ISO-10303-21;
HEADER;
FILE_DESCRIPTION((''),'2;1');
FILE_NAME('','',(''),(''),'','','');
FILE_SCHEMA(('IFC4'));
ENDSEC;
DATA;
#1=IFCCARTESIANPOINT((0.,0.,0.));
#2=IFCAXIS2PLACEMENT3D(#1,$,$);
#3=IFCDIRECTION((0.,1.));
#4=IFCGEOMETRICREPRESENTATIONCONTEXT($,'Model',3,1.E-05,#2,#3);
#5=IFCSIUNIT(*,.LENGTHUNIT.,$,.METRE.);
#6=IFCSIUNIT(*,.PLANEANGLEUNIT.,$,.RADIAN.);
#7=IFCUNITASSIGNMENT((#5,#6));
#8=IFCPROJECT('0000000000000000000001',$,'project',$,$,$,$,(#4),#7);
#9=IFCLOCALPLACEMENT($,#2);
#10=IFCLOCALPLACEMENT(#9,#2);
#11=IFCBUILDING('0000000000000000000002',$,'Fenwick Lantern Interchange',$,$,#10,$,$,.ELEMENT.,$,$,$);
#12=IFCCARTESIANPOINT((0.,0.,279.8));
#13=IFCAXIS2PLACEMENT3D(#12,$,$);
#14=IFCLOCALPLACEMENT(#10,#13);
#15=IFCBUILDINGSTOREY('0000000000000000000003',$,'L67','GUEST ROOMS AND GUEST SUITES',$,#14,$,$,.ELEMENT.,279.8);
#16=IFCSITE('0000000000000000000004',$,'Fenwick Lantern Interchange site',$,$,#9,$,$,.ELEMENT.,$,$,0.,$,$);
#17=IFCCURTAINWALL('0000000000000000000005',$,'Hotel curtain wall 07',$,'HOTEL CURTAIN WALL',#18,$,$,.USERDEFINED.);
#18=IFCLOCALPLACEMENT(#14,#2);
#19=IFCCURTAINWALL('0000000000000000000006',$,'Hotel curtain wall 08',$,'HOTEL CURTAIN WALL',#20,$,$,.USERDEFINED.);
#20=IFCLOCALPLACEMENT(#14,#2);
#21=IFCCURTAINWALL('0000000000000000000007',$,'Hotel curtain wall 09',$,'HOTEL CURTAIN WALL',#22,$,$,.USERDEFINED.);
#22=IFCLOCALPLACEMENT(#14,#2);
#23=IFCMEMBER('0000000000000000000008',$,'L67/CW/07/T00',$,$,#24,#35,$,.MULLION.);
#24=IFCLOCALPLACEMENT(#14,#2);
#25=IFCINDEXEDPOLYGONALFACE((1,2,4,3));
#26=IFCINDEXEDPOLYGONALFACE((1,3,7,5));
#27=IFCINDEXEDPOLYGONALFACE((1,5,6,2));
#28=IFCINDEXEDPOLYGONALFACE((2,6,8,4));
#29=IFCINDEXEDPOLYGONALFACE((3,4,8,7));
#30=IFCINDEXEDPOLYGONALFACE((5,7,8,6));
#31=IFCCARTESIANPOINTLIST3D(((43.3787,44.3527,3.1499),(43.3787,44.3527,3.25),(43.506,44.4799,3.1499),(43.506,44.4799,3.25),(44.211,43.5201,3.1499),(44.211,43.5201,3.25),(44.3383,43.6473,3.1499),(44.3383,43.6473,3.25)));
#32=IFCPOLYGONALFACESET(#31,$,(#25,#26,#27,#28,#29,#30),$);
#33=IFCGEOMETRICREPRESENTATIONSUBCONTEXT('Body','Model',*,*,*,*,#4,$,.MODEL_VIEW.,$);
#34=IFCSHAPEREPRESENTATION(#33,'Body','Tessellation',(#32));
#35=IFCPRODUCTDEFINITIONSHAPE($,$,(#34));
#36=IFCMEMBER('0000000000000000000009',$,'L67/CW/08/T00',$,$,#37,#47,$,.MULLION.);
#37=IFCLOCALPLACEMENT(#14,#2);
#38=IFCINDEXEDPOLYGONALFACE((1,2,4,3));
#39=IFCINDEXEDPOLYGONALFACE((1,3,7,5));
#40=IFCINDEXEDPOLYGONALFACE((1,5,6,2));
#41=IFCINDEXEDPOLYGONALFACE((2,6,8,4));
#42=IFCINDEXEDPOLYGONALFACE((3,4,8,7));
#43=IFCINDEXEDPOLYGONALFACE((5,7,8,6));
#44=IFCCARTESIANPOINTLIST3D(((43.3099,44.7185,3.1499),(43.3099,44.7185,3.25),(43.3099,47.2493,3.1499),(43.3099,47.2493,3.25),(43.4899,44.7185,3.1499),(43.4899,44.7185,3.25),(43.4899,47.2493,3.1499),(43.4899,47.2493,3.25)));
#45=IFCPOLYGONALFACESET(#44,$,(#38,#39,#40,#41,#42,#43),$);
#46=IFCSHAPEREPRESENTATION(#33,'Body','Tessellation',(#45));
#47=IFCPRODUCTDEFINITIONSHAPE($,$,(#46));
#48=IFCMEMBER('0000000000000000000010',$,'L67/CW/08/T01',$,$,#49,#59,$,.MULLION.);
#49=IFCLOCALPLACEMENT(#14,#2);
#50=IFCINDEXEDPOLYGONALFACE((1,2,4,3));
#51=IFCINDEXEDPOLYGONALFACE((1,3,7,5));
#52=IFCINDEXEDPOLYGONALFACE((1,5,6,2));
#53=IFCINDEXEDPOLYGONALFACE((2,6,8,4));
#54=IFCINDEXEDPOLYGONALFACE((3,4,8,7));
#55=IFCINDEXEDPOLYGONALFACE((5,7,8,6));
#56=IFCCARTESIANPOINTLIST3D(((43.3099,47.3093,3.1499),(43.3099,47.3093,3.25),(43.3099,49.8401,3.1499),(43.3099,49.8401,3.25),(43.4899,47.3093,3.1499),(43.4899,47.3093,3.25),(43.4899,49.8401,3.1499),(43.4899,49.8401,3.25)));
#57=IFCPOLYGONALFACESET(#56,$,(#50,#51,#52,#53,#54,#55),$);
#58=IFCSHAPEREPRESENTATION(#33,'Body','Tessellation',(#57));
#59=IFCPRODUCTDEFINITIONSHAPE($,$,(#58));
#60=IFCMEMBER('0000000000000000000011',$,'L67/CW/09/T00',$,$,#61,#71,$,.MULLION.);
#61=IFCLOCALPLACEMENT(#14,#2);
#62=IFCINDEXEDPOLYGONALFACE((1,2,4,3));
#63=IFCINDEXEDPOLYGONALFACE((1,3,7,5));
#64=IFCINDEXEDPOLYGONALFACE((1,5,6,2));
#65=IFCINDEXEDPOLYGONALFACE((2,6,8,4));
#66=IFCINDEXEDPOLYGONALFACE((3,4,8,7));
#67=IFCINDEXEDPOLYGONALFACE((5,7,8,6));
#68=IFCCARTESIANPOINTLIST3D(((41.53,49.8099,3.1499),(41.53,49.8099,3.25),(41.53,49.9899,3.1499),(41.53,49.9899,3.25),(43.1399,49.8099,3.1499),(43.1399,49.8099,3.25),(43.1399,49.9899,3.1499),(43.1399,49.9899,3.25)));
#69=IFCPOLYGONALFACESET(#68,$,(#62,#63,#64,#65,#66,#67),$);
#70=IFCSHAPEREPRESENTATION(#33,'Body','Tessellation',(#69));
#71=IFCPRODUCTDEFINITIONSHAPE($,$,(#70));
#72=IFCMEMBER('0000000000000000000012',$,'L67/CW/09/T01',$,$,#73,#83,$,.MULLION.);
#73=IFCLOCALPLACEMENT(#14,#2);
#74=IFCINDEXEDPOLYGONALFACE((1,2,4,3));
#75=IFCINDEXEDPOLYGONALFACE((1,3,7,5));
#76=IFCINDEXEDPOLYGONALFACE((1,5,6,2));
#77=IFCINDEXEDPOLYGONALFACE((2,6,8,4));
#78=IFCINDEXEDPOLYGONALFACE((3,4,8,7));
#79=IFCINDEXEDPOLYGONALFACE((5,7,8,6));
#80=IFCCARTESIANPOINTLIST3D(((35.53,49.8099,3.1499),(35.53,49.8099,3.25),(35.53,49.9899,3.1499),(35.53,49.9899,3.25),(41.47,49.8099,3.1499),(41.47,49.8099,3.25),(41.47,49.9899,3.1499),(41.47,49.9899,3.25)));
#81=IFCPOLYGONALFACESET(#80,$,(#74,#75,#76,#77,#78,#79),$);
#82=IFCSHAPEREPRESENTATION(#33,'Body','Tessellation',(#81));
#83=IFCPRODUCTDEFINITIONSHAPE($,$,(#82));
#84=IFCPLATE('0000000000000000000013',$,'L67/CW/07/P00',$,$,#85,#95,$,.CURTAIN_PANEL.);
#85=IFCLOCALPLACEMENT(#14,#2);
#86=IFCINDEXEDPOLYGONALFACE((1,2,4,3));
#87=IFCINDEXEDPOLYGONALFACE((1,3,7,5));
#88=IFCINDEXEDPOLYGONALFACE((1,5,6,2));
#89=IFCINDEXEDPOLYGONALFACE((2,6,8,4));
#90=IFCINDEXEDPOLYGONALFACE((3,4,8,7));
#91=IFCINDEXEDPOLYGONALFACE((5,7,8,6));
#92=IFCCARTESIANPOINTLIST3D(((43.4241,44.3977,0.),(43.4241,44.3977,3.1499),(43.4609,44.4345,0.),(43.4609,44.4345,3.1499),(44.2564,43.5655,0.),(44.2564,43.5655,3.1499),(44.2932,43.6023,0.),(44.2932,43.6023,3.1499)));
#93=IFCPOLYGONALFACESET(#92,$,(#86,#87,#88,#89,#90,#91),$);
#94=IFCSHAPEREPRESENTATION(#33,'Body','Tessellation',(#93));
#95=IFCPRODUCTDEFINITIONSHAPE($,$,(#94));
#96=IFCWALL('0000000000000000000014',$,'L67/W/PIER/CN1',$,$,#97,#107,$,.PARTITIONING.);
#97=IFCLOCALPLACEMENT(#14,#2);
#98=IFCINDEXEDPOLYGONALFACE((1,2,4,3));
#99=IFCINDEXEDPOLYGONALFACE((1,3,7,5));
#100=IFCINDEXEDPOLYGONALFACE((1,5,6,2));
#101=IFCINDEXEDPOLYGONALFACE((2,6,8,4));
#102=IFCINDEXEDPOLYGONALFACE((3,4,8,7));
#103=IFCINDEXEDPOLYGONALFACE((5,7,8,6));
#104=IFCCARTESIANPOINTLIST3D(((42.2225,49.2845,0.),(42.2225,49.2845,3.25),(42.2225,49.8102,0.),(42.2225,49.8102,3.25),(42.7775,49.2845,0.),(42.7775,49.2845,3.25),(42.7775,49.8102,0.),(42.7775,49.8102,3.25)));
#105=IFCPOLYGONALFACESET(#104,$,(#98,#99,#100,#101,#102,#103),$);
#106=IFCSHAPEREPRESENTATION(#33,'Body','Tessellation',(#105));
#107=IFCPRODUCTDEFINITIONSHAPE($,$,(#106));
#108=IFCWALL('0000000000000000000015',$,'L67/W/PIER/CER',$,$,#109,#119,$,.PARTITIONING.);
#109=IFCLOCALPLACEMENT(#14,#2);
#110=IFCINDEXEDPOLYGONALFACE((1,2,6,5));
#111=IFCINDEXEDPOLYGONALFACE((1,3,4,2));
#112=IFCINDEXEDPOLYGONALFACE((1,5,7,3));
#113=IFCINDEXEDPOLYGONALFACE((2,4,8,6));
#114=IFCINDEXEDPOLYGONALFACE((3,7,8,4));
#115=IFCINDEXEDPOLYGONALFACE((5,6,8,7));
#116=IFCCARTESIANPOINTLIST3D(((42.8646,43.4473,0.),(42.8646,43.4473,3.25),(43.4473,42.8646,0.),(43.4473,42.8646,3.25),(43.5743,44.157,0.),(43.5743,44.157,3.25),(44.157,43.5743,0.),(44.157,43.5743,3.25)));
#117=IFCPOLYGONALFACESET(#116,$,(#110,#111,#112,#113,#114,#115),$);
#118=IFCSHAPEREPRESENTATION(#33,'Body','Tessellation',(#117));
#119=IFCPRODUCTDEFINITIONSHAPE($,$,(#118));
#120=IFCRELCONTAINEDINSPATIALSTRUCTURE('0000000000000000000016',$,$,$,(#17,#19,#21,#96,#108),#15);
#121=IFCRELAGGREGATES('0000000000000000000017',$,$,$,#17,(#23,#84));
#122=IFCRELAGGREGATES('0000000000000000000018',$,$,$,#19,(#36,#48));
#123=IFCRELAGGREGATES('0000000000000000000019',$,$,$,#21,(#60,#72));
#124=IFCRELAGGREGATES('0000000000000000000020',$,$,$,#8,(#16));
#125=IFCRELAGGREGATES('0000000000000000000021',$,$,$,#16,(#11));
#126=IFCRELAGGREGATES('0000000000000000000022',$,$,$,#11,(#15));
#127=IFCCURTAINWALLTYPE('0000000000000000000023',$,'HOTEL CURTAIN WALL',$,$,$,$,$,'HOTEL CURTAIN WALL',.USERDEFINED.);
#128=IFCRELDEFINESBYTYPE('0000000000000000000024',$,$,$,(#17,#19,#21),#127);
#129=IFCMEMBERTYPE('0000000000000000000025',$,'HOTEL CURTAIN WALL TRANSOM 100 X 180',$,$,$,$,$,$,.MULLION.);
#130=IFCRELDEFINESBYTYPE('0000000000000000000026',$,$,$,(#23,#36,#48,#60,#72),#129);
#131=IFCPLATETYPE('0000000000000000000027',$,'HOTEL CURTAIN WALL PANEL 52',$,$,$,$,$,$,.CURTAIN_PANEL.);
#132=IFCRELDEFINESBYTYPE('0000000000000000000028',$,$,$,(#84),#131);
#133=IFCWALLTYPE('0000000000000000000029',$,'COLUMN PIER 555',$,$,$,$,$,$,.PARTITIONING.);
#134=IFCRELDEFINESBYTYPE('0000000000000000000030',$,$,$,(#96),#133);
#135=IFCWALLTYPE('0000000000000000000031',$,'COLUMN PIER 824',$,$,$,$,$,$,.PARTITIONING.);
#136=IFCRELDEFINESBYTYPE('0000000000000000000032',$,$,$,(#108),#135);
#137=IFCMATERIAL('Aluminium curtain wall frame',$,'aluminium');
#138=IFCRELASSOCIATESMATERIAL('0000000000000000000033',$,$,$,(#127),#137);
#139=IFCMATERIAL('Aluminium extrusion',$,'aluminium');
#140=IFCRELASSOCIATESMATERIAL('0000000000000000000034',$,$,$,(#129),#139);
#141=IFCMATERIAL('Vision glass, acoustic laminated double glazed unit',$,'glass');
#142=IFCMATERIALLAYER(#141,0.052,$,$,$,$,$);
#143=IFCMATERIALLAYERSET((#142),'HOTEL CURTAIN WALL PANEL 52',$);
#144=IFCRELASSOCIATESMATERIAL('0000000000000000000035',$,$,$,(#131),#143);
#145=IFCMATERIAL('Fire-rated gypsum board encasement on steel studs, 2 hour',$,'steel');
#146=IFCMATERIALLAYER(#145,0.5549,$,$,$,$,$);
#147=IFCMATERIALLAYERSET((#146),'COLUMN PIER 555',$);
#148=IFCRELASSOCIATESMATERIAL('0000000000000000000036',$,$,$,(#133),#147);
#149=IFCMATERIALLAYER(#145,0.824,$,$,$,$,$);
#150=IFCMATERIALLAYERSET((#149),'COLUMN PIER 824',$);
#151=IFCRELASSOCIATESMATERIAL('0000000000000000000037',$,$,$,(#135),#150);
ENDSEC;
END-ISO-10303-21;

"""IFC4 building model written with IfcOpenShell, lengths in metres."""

from ifc_helpers import new_model, si_unit, direction, frame, frame_2d, origin, origin_2d, place, context, subcontext, project, spatial, rectangle, extrude, material, layer, layer_set, material_profile, profile_set, type_object, element, aggregate, save


model = new_model("IFC4")

# Units and contexts
model_context = context("Model", 3, precision=1e-05, world=origin(), true_north=direction((0.0, 1.0)))
body_context = subcontext(model_context, "Body", "Model", "MODEL_VIEW")
ifc_project = project(units=[si_unit("LENGTHUNIT", "METRE"), si_unit("PLANEANGLEUNIT", "RADIAN")], contexts=[model_context])

# Site, building, storey
site_placement = place(None, origin())
site = spatial("IfcSite", under=ifc_project, at=site_placement, Name="Fenwick Lantern Interchange site", CompositionType="ELEMENT", RefElevation=0.0)
building_placement = place(site_placement, origin())
building = spatial("IfcBuilding", under=site, at=building_placement, Name="Fenwick Lantern Interchange", CompositionType="ELEMENT")
storey_placement = place(building_placement, frame((0.0, 0.0, 279.8)))
storey = spatial("IfcBuildingStorey", under=building, at=storey_placement, Name="L67", Description="GUEST ROOMS AND GUEST SUITES", CompositionType="ELEMENT", Elevation=279.8)

# Curtain walls
ifc_material_1 = material(Name="Aluminium curtain wall frame", Category="aluminium")
curtain_wall_type = type_object("IfcCurtainWallType", Name="HOTEL CURTAIN WALL", ElementType="HOTEL CURTAIN WALL", PredefinedType="USERDEFINED", material=ifc_material_1)
ifc_material_2 = material(Name="Aluminium extrusion", Category="aluminium")
curtain_wall_1_placement = place(storey_placement, origin())
curtain_wall_1 = element("IfcCurtainWall", 1, at=curtain_wall_1_placement, inside=storey, type_object=curtain_wall_type, Name="Hotel curtain wall 07", ObjectType="HOTEL CURTAIN WALL", PredefinedType="USERDEFINED")
curtain_wall_2_placement = place(storey_placement, origin())
curtain_wall_2 = element("IfcCurtainWall", 2, at=curtain_wall_2_placement, inside=storey, type_object=curtain_wall_type, Name="Hotel curtain wall 08", ObjectType="HOTEL CURTAIN WALL", PredefinedType="USERDEFINED")
curtain_wall_3_placement = place(storey_placement, origin())
curtain_wall_3 = element("IfcCurtainWall", 3, at=curtain_wall_3_placement, inside=storey, type_object=curtain_wall_type, Name="Hotel curtain wall 09", ObjectType="HOTEL CURTAIN WALL", PredefinedType="USERDEFINED")

# Members
ifc_material_profile_1 = material_profile(ifc_material_2, rectangle(XDim=0.1799, YDim=0.1001, at=origin_2d()), Name="HOTEL CURTAIN WALL TRANSOM 100 X 180")
ifc_profile_set_1 = profile_set([ifc_material_profile_1], Name="Aluminium extrusion")
member_type_1 = type_object("IfcMemberType", Name="HOTEL CURTAIN WALL TRANSOM 100 X 180", PredefinedType="MULLION", material=ifc_profile_set_1)
member_1_placement = place(storey_placement, frame((44.2747, 43.5837, 3.2), z_axis=(-0.707003, 0.70721, 0.0), x_axis=(-0.70721, -0.707003, 0.0)))
member_1 = element("IfcMember", 4, at=member_1_placement, type_object=member_type_1, Name="L67/CW/07/T00", PredefinedType="MULLION", context=body_context, shape_type="SweptSolid", body=[
    extrude(rectangle(XDim=0.1799, YDim=0.1001, at=origin_2d()), origin(), (0.0, 0.0, 1.0), 1.1772),
])
member_2_placement = place(storey_placement, frame((43.3999, 44.7185, 3.2), z_axis=(0.0, 1.0, 0.0), x_axis=(-1.0, 0.0, 0.0)))
member_2 = element("IfcMember", 5, at=member_2_placement, type_object=member_type_1, Name="L67/CW/08/T00", PredefinedType="MULLION", context=body_context, shape_type="SweptSolid", body=[
    extrude(rectangle(XDim=0.1799, YDim=0.1001, at=origin_2d()), origin(), (0.0, 0.0, 1.0), 2.5308),
])
member_3_placement = place(storey_placement, frame((43.3999, 47.3093, 3.2), z_axis=(0.0, 1.0, 0.0), x_axis=(-1.0, 0.0, 0.0)))
member_3 = element("IfcMember", 6, at=member_3_placement, type_object=member_type_1, Name="L67/CW/08/T01", PredefinedType="MULLION", context=body_context, shape_type="SweptSolid", body=[
    extrude(rectangle(XDim=0.1799, YDim=0.1001, at=origin_2d()), origin(), (0.0, 0.0, 1.0), 2.5308),
])
member_4_placement = place(storey_placement, frame((43.1399, 49.8999, 3.2), z_axis=(-1.0, 0.0, 0.0), x_axis=(0.0, -1.0, 0.0)))
member_4 = element("IfcMember", 7, at=member_4_placement, type_object=member_type_1, Name="L67/CW/09/T00", PredefinedType="MULLION", context=body_context, shape_type="SweptSolid", body=[
    extrude(rectangle(XDim=0.1799, YDim=0.1001, at=origin_2d()), origin(), (0.0, 0.0, 1.0), 1.6099),
])
member_5_placement = place(storey_placement, frame((41.47, 49.8999, 3.2), z_axis=(-1.0, 0.0, 0.0), x_axis=(0.0, -1.0, 0.0)))
member_5 = element("IfcMember", 8, at=member_5_placement, type_object=member_type_1, Name="L67/CW/09/T01", PredefinedType="MULLION", context=body_context, shape_type="SweptSolid", body=[
    extrude(rectangle(XDim=0.1799, YDim=0.1001, at=origin_2d()), origin(), (0.0, 0.0, 1.0), 5.9399),
])

# Plate
ifc_material_3 = material(Name="Vision glass, acoustic laminated double glazed unit", Category="glass")
ifc_layer_1 = layer(ifc_material_3, 0.052)
ifc_layer_set_1 = layer_set([ifc_layer_1], Name="HOTEL CURTAIN WALL PANEL 52")
plate_type = type_object("IfcPlateType", Name="HOTEL CURTAIN WALL PANEL 52", PredefinedType="CURTAIN_PANEL", material=ifc_layer_set_1)
plate_1_placement = place(storey_placement, frame((43.8586, 44.0, 0.0), z_axis=(0.0, 0.0, 1.0), x_axis=(-0.707107, 0.707107, 0.0)))
plate_1 = element("IfcPlate", 9, at=plate_1_placement, type_object=plate_type, Name="L67/CW/07/P00", PredefinedType="CURTAIN_PANEL", context=body_context, shape_type="SweptSolid", body=[
    extrude(rectangle(XDim=1.177, YDim=0.052, at=origin_2d()), origin(), (0.0, 0.0, 1.0), 3.1499),
])
aggregate(curtain_wall_1, [member_1, plate_1])
aggregate(curtain_wall_2, [member_2, member_3])
aggregate(curtain_wall_3, [member_4, member_5])

# Walls
ifc_material_4 = material(Name="Fire-rated gypsum board encasement on steel studs, 2 hour", Category="steel")
ifc_layer_2 = layer(ifc_material_4, 0.5549)
ifc_layer_set_2 = layer_set([ifc_layer_2], Name="COLUMN PIER 555")
wall_type_1 = type_object("IfcWallType", Name="COLUMN PIER 555", PredefinedType="PARTITIONING", material=ifc_layer_set_2)
wall_1_placement = place(storey_placement, frame((42.5, 49.8101, 0.0), z_axis=(0.0, 0.0, 1.0), x_axis=(0.0, -1.0, 0.0)))
element("IfcWall", 10, at=wall_1_placement, inside=storey, type_object=wall_type_1, Name="L67/W/PIER/CN1", PredefinedType="PARTITIONING", context=body_context, shape_type="SweptSolid", body=[
    extrude(rectangle(XDim=0.5256, YDim=0.5549, at=frame_2d((0.2627, 0.0))), origin(), (0.0, 0.0, 1.0), 3.25),
])
ifc_layer_3 = layer(ifc_material_4, 0.824)
ifc_layer_set_3 = layer_set([ifc_layer_3], Name="COLUMN PIER 824")
wall_type_2 = type_object("IfcWallType", Name="COLUMN PIER 824", PredefinedType="PARTITIONING", material=ifc_layer_set_3)
wall_2_placement = place(storey_placement, frame((43.8657, 43.8657, 0.0), z_axis=(0.0, 0.0, 1.0), x_axis=(-0.707107, -0.707107, 0.0)))
element("IfcWall", 11, at=wall_2_placement, inside=storey, type_object=wall_type_2, Name="L67/W/PIER/CER", PredefinedType="PARTITIONING", context=body_context, shape_type="SweptSolid", body=[
    extrude(rectangle(XDim=1.0037, YDim=0.824, at=frame_2d((0.502, 0.0))), origin(), (0.0, 0.0, 1.0), 3.25),
])

save(model, "model.ifc")
